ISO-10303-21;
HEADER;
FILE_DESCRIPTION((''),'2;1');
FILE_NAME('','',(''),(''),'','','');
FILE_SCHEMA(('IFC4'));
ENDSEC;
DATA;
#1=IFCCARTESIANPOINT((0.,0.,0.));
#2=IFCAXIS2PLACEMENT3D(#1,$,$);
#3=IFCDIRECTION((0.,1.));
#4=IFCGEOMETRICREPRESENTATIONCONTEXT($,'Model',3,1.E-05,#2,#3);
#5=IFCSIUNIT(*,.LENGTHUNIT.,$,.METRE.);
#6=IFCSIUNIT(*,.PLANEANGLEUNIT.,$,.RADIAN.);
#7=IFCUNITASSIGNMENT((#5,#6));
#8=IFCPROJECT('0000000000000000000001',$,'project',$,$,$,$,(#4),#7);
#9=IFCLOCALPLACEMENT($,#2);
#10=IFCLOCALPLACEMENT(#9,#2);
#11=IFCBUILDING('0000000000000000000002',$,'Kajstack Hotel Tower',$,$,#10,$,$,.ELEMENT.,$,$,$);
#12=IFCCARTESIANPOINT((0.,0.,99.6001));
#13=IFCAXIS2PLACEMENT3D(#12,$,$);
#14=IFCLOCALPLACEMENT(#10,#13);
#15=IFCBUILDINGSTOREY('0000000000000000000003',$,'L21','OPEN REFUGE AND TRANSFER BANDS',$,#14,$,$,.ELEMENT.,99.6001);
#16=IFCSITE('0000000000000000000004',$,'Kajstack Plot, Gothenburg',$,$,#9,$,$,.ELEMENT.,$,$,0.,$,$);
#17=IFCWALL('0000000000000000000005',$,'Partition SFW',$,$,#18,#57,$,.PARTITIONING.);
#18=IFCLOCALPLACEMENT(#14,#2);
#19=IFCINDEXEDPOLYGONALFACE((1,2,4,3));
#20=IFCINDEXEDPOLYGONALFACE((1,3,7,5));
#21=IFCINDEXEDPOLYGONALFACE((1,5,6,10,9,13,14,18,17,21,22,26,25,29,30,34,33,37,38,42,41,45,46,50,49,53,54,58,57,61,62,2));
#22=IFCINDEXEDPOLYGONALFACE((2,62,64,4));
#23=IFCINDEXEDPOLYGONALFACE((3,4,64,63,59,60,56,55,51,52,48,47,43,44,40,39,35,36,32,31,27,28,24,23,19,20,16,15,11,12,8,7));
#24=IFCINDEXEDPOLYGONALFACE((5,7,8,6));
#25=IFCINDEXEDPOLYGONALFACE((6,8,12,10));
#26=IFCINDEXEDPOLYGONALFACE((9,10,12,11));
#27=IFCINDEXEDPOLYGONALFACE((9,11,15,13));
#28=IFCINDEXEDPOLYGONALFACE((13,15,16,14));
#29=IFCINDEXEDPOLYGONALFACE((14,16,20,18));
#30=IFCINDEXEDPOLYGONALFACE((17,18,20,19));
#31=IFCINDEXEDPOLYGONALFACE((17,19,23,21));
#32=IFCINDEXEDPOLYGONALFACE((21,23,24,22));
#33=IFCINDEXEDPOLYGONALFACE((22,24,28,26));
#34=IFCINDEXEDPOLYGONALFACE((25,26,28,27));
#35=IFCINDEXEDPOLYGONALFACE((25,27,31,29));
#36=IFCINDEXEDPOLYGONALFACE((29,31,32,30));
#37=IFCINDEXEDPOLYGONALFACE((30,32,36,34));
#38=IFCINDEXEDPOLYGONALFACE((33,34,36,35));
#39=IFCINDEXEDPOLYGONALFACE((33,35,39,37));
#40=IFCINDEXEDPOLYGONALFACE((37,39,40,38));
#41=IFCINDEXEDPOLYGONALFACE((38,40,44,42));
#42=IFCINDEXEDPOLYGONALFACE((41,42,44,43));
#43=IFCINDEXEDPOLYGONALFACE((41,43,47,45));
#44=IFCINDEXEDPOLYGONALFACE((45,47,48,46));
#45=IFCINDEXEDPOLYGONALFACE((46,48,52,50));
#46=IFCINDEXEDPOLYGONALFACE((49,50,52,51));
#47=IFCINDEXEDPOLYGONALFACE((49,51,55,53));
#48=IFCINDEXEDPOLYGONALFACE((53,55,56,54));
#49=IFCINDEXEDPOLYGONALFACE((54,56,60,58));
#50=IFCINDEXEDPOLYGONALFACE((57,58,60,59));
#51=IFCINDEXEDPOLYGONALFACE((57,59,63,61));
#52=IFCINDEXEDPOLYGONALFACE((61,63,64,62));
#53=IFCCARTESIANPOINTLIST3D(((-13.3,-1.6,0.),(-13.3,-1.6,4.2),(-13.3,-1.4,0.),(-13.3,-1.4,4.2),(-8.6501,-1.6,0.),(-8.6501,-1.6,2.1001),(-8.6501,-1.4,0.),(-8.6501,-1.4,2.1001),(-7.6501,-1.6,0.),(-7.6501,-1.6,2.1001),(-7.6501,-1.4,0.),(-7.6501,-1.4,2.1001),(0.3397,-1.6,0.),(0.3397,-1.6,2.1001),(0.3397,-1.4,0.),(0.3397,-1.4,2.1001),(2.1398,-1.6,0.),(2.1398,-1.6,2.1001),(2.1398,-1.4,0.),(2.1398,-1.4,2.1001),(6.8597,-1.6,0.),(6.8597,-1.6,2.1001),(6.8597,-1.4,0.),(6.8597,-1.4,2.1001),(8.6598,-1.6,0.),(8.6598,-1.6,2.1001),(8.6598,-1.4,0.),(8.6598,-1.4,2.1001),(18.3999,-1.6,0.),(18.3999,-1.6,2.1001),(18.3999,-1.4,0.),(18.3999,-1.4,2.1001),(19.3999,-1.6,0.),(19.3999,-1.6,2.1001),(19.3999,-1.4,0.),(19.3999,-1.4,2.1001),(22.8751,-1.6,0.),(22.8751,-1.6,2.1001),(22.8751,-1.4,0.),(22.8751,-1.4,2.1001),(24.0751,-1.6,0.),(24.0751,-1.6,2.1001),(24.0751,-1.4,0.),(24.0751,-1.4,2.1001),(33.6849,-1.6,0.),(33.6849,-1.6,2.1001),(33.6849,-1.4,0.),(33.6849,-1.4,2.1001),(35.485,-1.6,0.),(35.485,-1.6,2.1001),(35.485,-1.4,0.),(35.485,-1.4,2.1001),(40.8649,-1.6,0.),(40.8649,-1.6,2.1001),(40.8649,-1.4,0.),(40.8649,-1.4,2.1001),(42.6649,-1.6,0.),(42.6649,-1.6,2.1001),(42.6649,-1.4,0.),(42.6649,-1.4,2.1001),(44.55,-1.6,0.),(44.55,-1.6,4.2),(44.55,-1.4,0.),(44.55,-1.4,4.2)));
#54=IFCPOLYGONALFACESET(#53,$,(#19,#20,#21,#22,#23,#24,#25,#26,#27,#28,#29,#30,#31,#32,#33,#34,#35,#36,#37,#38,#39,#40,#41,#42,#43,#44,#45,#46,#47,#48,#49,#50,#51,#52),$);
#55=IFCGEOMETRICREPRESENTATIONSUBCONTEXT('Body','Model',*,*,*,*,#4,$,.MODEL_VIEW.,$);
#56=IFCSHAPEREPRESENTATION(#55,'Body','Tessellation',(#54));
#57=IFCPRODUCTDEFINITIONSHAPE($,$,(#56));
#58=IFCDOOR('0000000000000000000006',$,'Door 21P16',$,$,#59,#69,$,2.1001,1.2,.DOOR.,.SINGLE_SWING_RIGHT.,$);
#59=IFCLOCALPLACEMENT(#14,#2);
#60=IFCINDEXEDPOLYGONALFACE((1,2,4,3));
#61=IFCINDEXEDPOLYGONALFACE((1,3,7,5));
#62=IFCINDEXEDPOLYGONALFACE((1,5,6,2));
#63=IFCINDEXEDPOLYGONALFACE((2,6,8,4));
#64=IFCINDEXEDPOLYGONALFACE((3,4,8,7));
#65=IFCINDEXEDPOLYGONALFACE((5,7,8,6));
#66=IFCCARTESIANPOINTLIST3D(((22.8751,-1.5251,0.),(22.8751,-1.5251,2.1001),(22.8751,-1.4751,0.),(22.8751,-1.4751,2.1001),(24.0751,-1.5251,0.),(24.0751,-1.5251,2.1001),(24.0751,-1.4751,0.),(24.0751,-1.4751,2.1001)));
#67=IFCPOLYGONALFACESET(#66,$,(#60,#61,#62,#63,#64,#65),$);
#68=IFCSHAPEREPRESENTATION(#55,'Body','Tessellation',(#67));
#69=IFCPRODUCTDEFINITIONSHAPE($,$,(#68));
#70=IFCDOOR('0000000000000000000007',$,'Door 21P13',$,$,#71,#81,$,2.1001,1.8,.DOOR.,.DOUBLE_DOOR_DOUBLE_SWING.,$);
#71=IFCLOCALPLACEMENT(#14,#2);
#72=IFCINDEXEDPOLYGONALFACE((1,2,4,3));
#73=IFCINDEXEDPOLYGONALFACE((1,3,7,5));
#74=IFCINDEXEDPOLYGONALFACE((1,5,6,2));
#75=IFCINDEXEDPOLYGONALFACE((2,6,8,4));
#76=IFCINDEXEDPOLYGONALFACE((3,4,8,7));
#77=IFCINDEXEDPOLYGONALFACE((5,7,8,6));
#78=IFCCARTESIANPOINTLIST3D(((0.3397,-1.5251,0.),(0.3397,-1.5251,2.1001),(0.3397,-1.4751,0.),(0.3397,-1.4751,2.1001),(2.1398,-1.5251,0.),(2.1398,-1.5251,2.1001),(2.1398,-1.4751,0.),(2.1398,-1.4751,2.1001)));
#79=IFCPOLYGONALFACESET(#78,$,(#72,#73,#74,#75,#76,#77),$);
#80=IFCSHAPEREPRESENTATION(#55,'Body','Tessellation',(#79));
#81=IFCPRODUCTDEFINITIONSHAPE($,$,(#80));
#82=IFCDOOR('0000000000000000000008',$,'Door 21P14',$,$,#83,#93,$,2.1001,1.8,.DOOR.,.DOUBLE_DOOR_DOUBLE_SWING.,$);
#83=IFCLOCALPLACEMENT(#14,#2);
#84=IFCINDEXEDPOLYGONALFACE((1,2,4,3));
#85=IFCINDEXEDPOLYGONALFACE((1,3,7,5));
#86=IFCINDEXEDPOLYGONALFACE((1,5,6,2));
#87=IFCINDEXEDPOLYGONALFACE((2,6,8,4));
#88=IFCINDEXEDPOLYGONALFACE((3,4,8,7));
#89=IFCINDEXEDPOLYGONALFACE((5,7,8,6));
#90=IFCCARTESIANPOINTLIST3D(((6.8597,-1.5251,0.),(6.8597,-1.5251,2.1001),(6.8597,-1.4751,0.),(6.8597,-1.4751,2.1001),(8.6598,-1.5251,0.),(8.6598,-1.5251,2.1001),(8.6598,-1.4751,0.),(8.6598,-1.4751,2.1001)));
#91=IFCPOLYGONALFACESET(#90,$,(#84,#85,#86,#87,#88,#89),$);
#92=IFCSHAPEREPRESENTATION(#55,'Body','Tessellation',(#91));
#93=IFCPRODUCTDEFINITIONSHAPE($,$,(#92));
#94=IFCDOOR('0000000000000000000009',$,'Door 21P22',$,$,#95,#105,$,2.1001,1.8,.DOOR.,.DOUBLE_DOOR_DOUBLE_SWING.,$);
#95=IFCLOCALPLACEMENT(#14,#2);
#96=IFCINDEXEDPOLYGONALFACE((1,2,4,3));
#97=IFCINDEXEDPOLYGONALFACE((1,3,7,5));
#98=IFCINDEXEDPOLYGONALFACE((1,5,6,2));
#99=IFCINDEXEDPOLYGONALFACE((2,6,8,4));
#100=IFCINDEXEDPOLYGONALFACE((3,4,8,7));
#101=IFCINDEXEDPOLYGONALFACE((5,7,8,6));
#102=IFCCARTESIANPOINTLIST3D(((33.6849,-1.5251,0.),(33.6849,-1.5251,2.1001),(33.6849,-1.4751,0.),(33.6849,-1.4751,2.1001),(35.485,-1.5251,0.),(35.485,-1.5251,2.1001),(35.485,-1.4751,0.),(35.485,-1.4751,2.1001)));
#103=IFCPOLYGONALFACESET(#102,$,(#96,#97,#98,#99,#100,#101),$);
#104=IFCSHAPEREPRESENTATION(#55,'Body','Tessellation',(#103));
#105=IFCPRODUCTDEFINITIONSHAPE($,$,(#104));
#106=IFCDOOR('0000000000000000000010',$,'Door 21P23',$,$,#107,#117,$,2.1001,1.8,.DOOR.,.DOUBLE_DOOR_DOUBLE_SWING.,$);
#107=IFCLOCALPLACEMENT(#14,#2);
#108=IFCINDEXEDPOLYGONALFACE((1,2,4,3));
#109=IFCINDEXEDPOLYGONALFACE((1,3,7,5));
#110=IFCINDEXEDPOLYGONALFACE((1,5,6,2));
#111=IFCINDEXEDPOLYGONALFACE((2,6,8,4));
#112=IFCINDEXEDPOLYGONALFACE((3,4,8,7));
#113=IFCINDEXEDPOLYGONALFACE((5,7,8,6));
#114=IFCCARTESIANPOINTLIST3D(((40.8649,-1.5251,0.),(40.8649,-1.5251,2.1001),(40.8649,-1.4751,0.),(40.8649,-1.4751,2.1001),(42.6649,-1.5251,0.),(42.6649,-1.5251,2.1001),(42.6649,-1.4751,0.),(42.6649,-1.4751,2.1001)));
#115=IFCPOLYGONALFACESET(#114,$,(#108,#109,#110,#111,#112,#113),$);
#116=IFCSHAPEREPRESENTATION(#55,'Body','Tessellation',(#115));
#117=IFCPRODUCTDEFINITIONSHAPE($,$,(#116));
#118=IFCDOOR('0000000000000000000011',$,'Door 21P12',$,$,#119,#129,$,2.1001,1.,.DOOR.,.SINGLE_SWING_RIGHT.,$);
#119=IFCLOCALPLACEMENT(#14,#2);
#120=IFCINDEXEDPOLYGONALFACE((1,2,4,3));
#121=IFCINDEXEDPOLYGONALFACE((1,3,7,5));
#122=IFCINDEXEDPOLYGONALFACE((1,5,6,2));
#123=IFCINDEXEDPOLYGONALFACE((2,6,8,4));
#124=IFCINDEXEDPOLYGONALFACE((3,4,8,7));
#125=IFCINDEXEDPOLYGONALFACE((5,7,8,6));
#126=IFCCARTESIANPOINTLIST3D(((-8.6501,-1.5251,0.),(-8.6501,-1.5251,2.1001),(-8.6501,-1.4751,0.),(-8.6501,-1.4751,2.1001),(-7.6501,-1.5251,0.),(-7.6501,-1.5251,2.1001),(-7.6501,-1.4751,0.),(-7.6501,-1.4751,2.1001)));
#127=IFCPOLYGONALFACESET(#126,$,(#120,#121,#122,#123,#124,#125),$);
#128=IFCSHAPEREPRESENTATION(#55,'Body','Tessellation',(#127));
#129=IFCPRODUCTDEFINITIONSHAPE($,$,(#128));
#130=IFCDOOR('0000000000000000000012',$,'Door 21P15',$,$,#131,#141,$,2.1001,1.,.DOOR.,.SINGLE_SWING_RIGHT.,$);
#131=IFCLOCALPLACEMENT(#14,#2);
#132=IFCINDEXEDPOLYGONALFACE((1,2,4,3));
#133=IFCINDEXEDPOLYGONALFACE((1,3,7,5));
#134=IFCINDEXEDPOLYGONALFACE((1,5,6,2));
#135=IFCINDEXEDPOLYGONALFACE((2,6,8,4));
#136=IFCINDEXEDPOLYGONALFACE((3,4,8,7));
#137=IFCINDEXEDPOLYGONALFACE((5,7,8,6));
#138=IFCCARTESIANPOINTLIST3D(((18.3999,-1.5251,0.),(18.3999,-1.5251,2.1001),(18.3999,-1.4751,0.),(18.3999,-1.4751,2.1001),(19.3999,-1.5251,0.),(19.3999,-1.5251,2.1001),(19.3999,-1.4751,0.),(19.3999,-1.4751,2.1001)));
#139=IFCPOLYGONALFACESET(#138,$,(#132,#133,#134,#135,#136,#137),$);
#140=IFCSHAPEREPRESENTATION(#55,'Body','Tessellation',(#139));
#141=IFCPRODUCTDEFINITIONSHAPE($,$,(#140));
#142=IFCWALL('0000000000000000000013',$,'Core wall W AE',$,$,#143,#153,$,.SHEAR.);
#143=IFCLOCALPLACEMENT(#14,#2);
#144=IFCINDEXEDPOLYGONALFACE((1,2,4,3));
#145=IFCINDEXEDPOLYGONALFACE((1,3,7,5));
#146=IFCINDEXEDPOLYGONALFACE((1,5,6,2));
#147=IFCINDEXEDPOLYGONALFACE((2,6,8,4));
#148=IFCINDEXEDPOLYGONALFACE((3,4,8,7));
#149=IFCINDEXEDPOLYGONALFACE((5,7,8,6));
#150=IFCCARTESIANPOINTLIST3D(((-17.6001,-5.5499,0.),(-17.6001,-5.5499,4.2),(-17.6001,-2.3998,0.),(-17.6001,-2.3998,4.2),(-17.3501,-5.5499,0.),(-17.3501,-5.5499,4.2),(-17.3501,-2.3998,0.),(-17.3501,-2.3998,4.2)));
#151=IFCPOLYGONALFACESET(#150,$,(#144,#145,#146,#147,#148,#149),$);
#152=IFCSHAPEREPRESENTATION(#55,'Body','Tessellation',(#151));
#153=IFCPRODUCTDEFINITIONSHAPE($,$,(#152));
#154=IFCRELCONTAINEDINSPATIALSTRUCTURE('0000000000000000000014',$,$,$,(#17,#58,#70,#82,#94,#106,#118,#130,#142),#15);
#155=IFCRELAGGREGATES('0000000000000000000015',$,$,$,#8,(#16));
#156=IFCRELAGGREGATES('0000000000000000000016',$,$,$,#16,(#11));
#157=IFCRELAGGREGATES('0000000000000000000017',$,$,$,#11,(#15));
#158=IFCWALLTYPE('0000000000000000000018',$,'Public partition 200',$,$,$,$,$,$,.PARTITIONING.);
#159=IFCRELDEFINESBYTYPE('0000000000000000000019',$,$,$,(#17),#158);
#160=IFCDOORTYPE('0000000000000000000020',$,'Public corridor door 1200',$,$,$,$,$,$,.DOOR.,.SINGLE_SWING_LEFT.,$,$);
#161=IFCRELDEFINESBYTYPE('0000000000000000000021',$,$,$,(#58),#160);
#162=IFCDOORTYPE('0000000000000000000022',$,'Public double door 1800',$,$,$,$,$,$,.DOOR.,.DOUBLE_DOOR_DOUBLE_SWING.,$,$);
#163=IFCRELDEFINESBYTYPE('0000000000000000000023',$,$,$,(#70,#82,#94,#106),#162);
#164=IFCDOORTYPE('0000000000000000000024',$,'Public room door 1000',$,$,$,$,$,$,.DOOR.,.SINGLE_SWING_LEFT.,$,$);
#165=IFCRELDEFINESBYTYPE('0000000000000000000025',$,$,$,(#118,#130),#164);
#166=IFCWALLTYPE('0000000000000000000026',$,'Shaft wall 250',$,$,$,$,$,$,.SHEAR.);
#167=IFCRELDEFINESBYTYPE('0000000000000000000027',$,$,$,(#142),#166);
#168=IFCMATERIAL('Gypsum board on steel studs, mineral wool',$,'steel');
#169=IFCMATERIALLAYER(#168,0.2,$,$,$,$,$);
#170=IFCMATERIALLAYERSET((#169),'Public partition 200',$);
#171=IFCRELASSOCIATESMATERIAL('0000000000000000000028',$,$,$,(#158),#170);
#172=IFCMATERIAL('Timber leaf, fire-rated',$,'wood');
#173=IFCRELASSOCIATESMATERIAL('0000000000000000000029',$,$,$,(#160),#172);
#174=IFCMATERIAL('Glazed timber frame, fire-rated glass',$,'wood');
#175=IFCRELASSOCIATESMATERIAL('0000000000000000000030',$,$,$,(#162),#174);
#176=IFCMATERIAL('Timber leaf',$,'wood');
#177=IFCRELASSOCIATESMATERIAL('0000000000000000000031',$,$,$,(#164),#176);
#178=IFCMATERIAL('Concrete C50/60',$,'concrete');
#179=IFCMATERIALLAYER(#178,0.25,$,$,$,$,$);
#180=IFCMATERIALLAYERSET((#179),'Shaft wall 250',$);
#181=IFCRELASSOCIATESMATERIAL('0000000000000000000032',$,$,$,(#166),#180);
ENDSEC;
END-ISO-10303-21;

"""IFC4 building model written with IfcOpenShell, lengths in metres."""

from ifc_helpers import new_model, si_unit, direction, frame, frame_2d, origin, place, context, subcontext, project, spatial, rectangle, extrude, material, layer, layer_set, type_object, element, fill, save


model = new_model("IFC4")

# Units and contexts
model_context = context("Model", 3, precision=1e-05, world=origin(), true_north=direction((0.0, 1.0)))
body_context = subcontext(model_context, "Body", "Model", "MODEL_VIEW")
ifc_project = project(units=[si_unit("LENGTHUNIT", "METRE"), si_unit("PLANEANGLEUNIT", "RADIAN")], contexts=[model_context])

# Site, building, storey
site_placement = place(None, origin())
site = spatial("IfcSite", under=ifc_project, at=site_placement, Name="Kajstack Plot, Gothenburg", CompositionType="ELEMENT", RefElevation=0.0)
building_placement = place(site_placement, origin())
building = spatial("IfcBuilding", under=site, at=building_placement, Name="Kajstack Hotel Tower", CompositionType="ELEMENT")
storey_placement = place(building_placement, frame((0.0, 0.0, 99.6001)))
storey = spatial("IfcBuildingStorey", under=building, at=storey_placement, Name="L21", Description="OPEN REFUGE AND TRANSFER BANDS", CompositionType="ELEMENT", Elevation=99.6001)

# Wall, openings, doors
ifc_material_1 = material(Name="Gypsum board on steel studs, mineral wool", Category="steel")
ifc_layer_1 = layer(ifc_material_1, 0.2)
ifc_layer_set_1 = layer_set([ifc_layer_1], Name="Public partition 200")
wall_type_1 = type_object("IfcWallType", Name="Public partition 200", PredefinedType="PARTITIONING", material=ifc_layer_set_1)
wall_1_placement = place(storey_placement, frame((-13.3, -1.5, 0.0), z_axis=(0.0, 0.0, 1.0), x_axis=(1.0, 0.0, 0.0)))
wall_1 = element("IfcWall", 1, at=wall_1_placement, inside=storey, type_object=wall_type_1, Name="Partition SFW", PredefinedType="PARTITIONING", context=body_context, shape_type="SweptSolid", body=[
    extrude(rectangle(XDim=57.8501, YDim=0.2, at=frame_2d((28.925, 0.0))), origin(), (0.0, 0.0, 1.0), 4.2),
])
opening_1_placement = place(wall_1_placement, frame((4.6499, 0.0, 0.0)))
opening_1 = element("IfcOpeningElement", 2, at=opening_1_placement, cuts=wall_1, PredefinedType="OPENING", context=body_context, shape_type="SweptSolid", body=[
    extrude(rectangle(XDim=1.0, YDim=2.1001, at=frame_2d((0.5, 1.05))), frame((0.0, 0.1099, 0.0), z_axis=(0.0, -1.0, 0.0), x_axis=(1.0, 0.0, 0.0)), (0.0, 0.0, 1.0), 0.22),
])
opening_2_placement = place(wall_1_placement, frame((13.6399, 0.0, 0.0)))
opening_2 = element("IfcOpeningElement", 3, at=opening_2_placement, cuts=wall_1, PredefinedType="OPENING", context=body_context, shape_type="SweptSolid", body=[
    extrude(rectangle(XDim=1.8, YDim=2.1001, at=frame_2d((0.8999, 1.05))), frame((0.0, 0.1099, 0.0), z_axis=(0.0, -1.0, 0.0), x_axis=(1.0, 0.0, 0.0)), (0.0, 0.0, 1.0), 0.22),
])
opening_3_placement = place(wall_1_placement, frame((20.1599, 0.0, 0.0)))
opening_3 = element("IfcOpeningElement", 4, at=opening_3_placement, cuts=wall_1, PredefinedType="OPENING", context=body_context, shape_type="SweptSolid", body=[
    extrude(rectangle(XDim=1.8, YDim=2.1001, at=frame_2d((0.8999, 1.05))), frame((0.0, 0.1099, 0.0), z_axis=(0.0, -1.0, 0.0), x_axis=(1.0, 0.0, 0.0)), (0.0, 0.0, 1.0), 0.22),
])
opening_4_placement = place(wall_1_placement, frame((31.7, 0.0, 0.0)))
opening_4 = element("IfcOpeningElement", 5, at=opening_4_placement, cuts=wall_1, PredefinedType="OPENING", context=body_context, shape_type="SweptSolid", body=[
    extrude(rectangle(XDim=1.0, YDim=2.1001, at=frame_2d((0.5, 1.05))), frame((0.0, 0.1099, 0.0), z_axis=(0.0, -1.0, 0.0), x_axis=(1.0, 0.0, 0.0)), (0.0, 0.0, 1.0), 0.22),
])
opening_5_placement = place(wall_1_placement, frame((36.175, 0.0, 0.0)))
opening_5 = element("IfcOpeningElement", 6, at=opening_5_placement, cuts=wall_1, PredefinedType="OPENING", context=body_context, shape_type="SweptSolid", body=[
    extrude(rectangle(XDim=1.2, YDim=2.1001, at=frame_2d((0.6001, 1.05))), frame((0.0, 0.1099, 0.0), z_axis=(0.0, -1.0, 0.0), x_axis=(1.0, 0.0, 0.0)), (0.0, 0.0, 1.0), 0.22),
])
opening_6_placement = place(wall_1_placement, frame((46.9851, 0.0, 0.0)))
opening_6 = element("IfcOpeningElement", 7, at=opening_6_placement, cuts=wall_1, PredefinedType="OPENING", context=body_context, shape_type="SweptSolid", body=[
    extrude(rectangle(XDim=1.8, YDim=2.1001, at=frame_2d((0.8999, 1.05))), frame((0.0, 0.1099, 0.0), z_axis=(0.0, -1.0, 0.0), x_axis=(1.0, 0.0, 0.0)), (0.0, 0.0, 1.0), 0.22),
])
opening_7_placement = place(wall_1_placement, frame((54.165, 0.0, 0.0)))
opening_7 = element("IfcOpeningElement", 8, at=opening_7_placement, cuts=wall_1, PredefinedType="OPENING", context=body_context, shape_type="SweptSolid", body=[
    extrude(rectangle(XDim=1.8, YDim=2.1001, at=frame_2d((0.8999, 1.05))), frame((0.0, 0.1099, 0.0), z_axis=(0.0, -1.0, 0.0), x_axis=(1.0, 0.0, 0.0)), (0.0, 0.0, 1.0), 0.22),
])
ifc_material_2 = material(Name="Timber leaf, fire-rated", Category="wood")
door_type_1 = type_object("IfcDoorType", Name="Public corridor door 1200", OperationType="SINGLE_SWING_LEFT", PredefinedType="DOOR", material=ifc_material_2)
door_1_placement = place(opening_5_placement, origin())
door_1 = element("IfcDoor", 9, at=door_1_placement, inside=storey, type_object=door_type_1, Name="Door 21P16", OperationType="SINGLE_SWING_RIGHT", OverallHeight=2.1001, OverallWidth=1.2, PredefinedType="DOOR", context=body_context, shape_type="SweptSolid", body=[
    extrude(rectangle(XDim=1.2, YDim=2.1001, at=frame_2d((0.6001, 1.05))), frame((0.0, 0.0249, 0.0), z_axis=(0.0, -1.0, 0.0), x_axis=(1.0, 0.0, 0.0)), (0.0, 0.0, 1.0), 0.05),
])
fill(opening_5, door_1)
ifc_material_3 = material(Name="Glazed timber frame, fire-rated glass", Category="wood")
door_type_2 = type_object("IfcDoorType", Name="Public double door 1800", OperationType="DOUBLE_DOOR_DOUBLE_SWING", PredefinedType="DOOR", material=ifc_material_3)
door_2_placement = place(opening_2_placement, origin())
door_2 = element("IfcDoor", 10, at=door_2_placement, inside=storey, type_object=door_type_2, Name="Door 21P13", OperationType="DOUBLE_DOOR_DOUBLE_SWING", OverallHeight=2.1001, OverallWidth=1.8, PredefinedType="DOOR", context=body_context, shape_type="SweptSolid", body=[
    extrude(rectangle(XDim=1.8, YDim=2.1001, at=frame_2d((0.8999, 1.05))), frame((0.0, 0.0249, 0.0), z_axis=(0.0, -1.0, 0.0), x_axis=(1.0, 0.0, 0.0)), (0.0, 0.0, 1.0), 0.05),
])
fill(opening_2, door_2)
door_3_placement = place(opening_3_placement, origin())
door_3 = element("IfcDoor", 11, at=door_3_placement, inside=storey, type_object=door_type_2, Name="Door 21P14", OperationType="DOUBLE_DOOR_DOUBLE_SWING", OverallHeight=2.1001, OverallWidth=1.8, PredefinedType="DOOR", context=body_context, shape_type="SweptSolid", body=[
    extrude(rectangle(XDim=1.8, YDim=2.1001, at=frame_2d((0.8999, 1.05))), frame((0.0, 0.0249, 0.0), z_axis=(0.0, -1.0, 0.0), x_axis=(1.0, 0.0, 0.0)), (0.0, 0.0, 1.0), 0.05),
])
fill(opening_3, door_3)
door_4_placement = place(opening_6_placement, origin())
door_4 = element("IfcDoor", 12, at=door_4_placement, inside=storey, type_object=door_type_2, Name="Door 21P22", OperationType="DOUBLE_DOOR_DOUBLE_SWING", OverallHeight=2.1001, OverallWidth=1.8, PredefinedType="DOOR", context=body_context, shape_type="SweptSolid", body=[
    extrude(rectangle(XDim=1.8, YDim=2.1001, at=frame_2d((0.8999, 1.05))), frame((0.0, 0.0249, 0.0), z_axis=(0.0, -1.0, 0.0), x_axis=(1.0, 0.0, 0.0)), (0.0, 0.0, 1.0), 0.05),
])
fill(opening_6, door_4)
door_5_placement = place(opening_7_placement, origin())
door_5 = element("IfcDoor", 13, at=door_5_placement, inside=storey, type_object=door_type_2, Name="Door 21P23", OperationType="DOUBLE_DOOR_DOUBLE_SWING", OverallHeight=2.1001, OverallWidth=1.8, PredefinedType="DOOR", context=body_context, shape_type="SweptSolid", body=[
    extrude(rectangle(XDim=1.8, YDim=2.1001, at=frame_2d((0.8999, 1.05))), frame((0.0, 0.0249, 0.0), z_axis=(0.0, -1.0, 0.0), x_axis=(1.0, 0.0, 0.0)), (0.0, 0.0, 1.0), 0.05),
])
fill(opening_7, door_5)
ifc_material_4 = material(Name="Timber leaf", Category="wood")
door_type_3 = type_object("IfcDoorType", Name="Public room door 1000", OperationType="SINGLE_SWING_LEFT", PredefinedType="DOOR", material=ifc_material_4)
door_6_placement = place(opening_1_placement, origin())
door_6 = element("IfcDoor", 14, at=door_6_placement, inside=storey, type_object=door_type_3, Name="Door 21P12", OperationType="SINGLE_SWING_RIGHT", OverallHeight=2.1001, OverallWidth=1.0, PredefinedType="DOOR", context=body_context, shape_type="SweptSolid", body=[
    extrude(rectangle(XDim=1.0, YDim=2.1001, at=frame_2d((0.5, 1.05))), frame((0.0, 0.0249, 0.0), z_axis=(0.0, -1.0, 0.0), x_axis=(1.0, 0.0, 0.0)), (0.0, 0.0, 1.0), 0.05),
])
fill(opening_1, door_6)
door_7_placement = place(opening_4_placement, origin())
door_7 = element("IfcDoor", 15, at=door_7_placement, inside=storey, type_object=door_type_3, Name="Door 21P15", OperationType="SINGLE_SWING_RIGHT", OverallHeight=2.1001, OverallWidth=1.0, PredefinedType="DOOR", context=body_context, shape_type="SweptSolid", body=[
    extrude(rectangle(XDim=1.0, YDim=2.1001, at=frame_2d((0.5, 1.05))), frame((0.0, 0.0249, 0.0), z_axis=(0.0, -1.0, 0.0), x_axis=(1.0, 0.0, 0.0)), (0.0, 0.0, 1.0), 0.05),
])
fill(opening_4, door_7)

# Wall
ifc_material_5 = material(Name="Concrete C50/60", Category="concrete")
ifc_layer_2 = layer(ifc_material_5, 0.25)
ifc_layer_set_2 = layer_set([ifc_layer_2], Name="Shaft wall 250")
wall_type_2 = type_object("IfcWallType", Name="Shaft wall 250", PredefinedType="SHEAR", material=ifc_layer_set_2)
wall_2_placement = place(storey_placement, frame((-17.4751, -5.55, 0.0), z_axis=(0.0, 0.0, 1.0), x_axis=(0.0, 1.0, 0.0)))
element("IfcWall", 16, at=wall_2_placement, inside=storey, type_object=wall_type_2, Name="Core wall W AE", PredefinedType="SHEAR", context=body_context, shape_type="SweptSolid", body=[
    extrude(rectangle(XDim=3.1501, YDim=0.25, at=frame_2d((1.5752, 0.0))), origin(), (0.0, 0.0, 1.0), 4.2),
])

save(model, "model.ifc")
